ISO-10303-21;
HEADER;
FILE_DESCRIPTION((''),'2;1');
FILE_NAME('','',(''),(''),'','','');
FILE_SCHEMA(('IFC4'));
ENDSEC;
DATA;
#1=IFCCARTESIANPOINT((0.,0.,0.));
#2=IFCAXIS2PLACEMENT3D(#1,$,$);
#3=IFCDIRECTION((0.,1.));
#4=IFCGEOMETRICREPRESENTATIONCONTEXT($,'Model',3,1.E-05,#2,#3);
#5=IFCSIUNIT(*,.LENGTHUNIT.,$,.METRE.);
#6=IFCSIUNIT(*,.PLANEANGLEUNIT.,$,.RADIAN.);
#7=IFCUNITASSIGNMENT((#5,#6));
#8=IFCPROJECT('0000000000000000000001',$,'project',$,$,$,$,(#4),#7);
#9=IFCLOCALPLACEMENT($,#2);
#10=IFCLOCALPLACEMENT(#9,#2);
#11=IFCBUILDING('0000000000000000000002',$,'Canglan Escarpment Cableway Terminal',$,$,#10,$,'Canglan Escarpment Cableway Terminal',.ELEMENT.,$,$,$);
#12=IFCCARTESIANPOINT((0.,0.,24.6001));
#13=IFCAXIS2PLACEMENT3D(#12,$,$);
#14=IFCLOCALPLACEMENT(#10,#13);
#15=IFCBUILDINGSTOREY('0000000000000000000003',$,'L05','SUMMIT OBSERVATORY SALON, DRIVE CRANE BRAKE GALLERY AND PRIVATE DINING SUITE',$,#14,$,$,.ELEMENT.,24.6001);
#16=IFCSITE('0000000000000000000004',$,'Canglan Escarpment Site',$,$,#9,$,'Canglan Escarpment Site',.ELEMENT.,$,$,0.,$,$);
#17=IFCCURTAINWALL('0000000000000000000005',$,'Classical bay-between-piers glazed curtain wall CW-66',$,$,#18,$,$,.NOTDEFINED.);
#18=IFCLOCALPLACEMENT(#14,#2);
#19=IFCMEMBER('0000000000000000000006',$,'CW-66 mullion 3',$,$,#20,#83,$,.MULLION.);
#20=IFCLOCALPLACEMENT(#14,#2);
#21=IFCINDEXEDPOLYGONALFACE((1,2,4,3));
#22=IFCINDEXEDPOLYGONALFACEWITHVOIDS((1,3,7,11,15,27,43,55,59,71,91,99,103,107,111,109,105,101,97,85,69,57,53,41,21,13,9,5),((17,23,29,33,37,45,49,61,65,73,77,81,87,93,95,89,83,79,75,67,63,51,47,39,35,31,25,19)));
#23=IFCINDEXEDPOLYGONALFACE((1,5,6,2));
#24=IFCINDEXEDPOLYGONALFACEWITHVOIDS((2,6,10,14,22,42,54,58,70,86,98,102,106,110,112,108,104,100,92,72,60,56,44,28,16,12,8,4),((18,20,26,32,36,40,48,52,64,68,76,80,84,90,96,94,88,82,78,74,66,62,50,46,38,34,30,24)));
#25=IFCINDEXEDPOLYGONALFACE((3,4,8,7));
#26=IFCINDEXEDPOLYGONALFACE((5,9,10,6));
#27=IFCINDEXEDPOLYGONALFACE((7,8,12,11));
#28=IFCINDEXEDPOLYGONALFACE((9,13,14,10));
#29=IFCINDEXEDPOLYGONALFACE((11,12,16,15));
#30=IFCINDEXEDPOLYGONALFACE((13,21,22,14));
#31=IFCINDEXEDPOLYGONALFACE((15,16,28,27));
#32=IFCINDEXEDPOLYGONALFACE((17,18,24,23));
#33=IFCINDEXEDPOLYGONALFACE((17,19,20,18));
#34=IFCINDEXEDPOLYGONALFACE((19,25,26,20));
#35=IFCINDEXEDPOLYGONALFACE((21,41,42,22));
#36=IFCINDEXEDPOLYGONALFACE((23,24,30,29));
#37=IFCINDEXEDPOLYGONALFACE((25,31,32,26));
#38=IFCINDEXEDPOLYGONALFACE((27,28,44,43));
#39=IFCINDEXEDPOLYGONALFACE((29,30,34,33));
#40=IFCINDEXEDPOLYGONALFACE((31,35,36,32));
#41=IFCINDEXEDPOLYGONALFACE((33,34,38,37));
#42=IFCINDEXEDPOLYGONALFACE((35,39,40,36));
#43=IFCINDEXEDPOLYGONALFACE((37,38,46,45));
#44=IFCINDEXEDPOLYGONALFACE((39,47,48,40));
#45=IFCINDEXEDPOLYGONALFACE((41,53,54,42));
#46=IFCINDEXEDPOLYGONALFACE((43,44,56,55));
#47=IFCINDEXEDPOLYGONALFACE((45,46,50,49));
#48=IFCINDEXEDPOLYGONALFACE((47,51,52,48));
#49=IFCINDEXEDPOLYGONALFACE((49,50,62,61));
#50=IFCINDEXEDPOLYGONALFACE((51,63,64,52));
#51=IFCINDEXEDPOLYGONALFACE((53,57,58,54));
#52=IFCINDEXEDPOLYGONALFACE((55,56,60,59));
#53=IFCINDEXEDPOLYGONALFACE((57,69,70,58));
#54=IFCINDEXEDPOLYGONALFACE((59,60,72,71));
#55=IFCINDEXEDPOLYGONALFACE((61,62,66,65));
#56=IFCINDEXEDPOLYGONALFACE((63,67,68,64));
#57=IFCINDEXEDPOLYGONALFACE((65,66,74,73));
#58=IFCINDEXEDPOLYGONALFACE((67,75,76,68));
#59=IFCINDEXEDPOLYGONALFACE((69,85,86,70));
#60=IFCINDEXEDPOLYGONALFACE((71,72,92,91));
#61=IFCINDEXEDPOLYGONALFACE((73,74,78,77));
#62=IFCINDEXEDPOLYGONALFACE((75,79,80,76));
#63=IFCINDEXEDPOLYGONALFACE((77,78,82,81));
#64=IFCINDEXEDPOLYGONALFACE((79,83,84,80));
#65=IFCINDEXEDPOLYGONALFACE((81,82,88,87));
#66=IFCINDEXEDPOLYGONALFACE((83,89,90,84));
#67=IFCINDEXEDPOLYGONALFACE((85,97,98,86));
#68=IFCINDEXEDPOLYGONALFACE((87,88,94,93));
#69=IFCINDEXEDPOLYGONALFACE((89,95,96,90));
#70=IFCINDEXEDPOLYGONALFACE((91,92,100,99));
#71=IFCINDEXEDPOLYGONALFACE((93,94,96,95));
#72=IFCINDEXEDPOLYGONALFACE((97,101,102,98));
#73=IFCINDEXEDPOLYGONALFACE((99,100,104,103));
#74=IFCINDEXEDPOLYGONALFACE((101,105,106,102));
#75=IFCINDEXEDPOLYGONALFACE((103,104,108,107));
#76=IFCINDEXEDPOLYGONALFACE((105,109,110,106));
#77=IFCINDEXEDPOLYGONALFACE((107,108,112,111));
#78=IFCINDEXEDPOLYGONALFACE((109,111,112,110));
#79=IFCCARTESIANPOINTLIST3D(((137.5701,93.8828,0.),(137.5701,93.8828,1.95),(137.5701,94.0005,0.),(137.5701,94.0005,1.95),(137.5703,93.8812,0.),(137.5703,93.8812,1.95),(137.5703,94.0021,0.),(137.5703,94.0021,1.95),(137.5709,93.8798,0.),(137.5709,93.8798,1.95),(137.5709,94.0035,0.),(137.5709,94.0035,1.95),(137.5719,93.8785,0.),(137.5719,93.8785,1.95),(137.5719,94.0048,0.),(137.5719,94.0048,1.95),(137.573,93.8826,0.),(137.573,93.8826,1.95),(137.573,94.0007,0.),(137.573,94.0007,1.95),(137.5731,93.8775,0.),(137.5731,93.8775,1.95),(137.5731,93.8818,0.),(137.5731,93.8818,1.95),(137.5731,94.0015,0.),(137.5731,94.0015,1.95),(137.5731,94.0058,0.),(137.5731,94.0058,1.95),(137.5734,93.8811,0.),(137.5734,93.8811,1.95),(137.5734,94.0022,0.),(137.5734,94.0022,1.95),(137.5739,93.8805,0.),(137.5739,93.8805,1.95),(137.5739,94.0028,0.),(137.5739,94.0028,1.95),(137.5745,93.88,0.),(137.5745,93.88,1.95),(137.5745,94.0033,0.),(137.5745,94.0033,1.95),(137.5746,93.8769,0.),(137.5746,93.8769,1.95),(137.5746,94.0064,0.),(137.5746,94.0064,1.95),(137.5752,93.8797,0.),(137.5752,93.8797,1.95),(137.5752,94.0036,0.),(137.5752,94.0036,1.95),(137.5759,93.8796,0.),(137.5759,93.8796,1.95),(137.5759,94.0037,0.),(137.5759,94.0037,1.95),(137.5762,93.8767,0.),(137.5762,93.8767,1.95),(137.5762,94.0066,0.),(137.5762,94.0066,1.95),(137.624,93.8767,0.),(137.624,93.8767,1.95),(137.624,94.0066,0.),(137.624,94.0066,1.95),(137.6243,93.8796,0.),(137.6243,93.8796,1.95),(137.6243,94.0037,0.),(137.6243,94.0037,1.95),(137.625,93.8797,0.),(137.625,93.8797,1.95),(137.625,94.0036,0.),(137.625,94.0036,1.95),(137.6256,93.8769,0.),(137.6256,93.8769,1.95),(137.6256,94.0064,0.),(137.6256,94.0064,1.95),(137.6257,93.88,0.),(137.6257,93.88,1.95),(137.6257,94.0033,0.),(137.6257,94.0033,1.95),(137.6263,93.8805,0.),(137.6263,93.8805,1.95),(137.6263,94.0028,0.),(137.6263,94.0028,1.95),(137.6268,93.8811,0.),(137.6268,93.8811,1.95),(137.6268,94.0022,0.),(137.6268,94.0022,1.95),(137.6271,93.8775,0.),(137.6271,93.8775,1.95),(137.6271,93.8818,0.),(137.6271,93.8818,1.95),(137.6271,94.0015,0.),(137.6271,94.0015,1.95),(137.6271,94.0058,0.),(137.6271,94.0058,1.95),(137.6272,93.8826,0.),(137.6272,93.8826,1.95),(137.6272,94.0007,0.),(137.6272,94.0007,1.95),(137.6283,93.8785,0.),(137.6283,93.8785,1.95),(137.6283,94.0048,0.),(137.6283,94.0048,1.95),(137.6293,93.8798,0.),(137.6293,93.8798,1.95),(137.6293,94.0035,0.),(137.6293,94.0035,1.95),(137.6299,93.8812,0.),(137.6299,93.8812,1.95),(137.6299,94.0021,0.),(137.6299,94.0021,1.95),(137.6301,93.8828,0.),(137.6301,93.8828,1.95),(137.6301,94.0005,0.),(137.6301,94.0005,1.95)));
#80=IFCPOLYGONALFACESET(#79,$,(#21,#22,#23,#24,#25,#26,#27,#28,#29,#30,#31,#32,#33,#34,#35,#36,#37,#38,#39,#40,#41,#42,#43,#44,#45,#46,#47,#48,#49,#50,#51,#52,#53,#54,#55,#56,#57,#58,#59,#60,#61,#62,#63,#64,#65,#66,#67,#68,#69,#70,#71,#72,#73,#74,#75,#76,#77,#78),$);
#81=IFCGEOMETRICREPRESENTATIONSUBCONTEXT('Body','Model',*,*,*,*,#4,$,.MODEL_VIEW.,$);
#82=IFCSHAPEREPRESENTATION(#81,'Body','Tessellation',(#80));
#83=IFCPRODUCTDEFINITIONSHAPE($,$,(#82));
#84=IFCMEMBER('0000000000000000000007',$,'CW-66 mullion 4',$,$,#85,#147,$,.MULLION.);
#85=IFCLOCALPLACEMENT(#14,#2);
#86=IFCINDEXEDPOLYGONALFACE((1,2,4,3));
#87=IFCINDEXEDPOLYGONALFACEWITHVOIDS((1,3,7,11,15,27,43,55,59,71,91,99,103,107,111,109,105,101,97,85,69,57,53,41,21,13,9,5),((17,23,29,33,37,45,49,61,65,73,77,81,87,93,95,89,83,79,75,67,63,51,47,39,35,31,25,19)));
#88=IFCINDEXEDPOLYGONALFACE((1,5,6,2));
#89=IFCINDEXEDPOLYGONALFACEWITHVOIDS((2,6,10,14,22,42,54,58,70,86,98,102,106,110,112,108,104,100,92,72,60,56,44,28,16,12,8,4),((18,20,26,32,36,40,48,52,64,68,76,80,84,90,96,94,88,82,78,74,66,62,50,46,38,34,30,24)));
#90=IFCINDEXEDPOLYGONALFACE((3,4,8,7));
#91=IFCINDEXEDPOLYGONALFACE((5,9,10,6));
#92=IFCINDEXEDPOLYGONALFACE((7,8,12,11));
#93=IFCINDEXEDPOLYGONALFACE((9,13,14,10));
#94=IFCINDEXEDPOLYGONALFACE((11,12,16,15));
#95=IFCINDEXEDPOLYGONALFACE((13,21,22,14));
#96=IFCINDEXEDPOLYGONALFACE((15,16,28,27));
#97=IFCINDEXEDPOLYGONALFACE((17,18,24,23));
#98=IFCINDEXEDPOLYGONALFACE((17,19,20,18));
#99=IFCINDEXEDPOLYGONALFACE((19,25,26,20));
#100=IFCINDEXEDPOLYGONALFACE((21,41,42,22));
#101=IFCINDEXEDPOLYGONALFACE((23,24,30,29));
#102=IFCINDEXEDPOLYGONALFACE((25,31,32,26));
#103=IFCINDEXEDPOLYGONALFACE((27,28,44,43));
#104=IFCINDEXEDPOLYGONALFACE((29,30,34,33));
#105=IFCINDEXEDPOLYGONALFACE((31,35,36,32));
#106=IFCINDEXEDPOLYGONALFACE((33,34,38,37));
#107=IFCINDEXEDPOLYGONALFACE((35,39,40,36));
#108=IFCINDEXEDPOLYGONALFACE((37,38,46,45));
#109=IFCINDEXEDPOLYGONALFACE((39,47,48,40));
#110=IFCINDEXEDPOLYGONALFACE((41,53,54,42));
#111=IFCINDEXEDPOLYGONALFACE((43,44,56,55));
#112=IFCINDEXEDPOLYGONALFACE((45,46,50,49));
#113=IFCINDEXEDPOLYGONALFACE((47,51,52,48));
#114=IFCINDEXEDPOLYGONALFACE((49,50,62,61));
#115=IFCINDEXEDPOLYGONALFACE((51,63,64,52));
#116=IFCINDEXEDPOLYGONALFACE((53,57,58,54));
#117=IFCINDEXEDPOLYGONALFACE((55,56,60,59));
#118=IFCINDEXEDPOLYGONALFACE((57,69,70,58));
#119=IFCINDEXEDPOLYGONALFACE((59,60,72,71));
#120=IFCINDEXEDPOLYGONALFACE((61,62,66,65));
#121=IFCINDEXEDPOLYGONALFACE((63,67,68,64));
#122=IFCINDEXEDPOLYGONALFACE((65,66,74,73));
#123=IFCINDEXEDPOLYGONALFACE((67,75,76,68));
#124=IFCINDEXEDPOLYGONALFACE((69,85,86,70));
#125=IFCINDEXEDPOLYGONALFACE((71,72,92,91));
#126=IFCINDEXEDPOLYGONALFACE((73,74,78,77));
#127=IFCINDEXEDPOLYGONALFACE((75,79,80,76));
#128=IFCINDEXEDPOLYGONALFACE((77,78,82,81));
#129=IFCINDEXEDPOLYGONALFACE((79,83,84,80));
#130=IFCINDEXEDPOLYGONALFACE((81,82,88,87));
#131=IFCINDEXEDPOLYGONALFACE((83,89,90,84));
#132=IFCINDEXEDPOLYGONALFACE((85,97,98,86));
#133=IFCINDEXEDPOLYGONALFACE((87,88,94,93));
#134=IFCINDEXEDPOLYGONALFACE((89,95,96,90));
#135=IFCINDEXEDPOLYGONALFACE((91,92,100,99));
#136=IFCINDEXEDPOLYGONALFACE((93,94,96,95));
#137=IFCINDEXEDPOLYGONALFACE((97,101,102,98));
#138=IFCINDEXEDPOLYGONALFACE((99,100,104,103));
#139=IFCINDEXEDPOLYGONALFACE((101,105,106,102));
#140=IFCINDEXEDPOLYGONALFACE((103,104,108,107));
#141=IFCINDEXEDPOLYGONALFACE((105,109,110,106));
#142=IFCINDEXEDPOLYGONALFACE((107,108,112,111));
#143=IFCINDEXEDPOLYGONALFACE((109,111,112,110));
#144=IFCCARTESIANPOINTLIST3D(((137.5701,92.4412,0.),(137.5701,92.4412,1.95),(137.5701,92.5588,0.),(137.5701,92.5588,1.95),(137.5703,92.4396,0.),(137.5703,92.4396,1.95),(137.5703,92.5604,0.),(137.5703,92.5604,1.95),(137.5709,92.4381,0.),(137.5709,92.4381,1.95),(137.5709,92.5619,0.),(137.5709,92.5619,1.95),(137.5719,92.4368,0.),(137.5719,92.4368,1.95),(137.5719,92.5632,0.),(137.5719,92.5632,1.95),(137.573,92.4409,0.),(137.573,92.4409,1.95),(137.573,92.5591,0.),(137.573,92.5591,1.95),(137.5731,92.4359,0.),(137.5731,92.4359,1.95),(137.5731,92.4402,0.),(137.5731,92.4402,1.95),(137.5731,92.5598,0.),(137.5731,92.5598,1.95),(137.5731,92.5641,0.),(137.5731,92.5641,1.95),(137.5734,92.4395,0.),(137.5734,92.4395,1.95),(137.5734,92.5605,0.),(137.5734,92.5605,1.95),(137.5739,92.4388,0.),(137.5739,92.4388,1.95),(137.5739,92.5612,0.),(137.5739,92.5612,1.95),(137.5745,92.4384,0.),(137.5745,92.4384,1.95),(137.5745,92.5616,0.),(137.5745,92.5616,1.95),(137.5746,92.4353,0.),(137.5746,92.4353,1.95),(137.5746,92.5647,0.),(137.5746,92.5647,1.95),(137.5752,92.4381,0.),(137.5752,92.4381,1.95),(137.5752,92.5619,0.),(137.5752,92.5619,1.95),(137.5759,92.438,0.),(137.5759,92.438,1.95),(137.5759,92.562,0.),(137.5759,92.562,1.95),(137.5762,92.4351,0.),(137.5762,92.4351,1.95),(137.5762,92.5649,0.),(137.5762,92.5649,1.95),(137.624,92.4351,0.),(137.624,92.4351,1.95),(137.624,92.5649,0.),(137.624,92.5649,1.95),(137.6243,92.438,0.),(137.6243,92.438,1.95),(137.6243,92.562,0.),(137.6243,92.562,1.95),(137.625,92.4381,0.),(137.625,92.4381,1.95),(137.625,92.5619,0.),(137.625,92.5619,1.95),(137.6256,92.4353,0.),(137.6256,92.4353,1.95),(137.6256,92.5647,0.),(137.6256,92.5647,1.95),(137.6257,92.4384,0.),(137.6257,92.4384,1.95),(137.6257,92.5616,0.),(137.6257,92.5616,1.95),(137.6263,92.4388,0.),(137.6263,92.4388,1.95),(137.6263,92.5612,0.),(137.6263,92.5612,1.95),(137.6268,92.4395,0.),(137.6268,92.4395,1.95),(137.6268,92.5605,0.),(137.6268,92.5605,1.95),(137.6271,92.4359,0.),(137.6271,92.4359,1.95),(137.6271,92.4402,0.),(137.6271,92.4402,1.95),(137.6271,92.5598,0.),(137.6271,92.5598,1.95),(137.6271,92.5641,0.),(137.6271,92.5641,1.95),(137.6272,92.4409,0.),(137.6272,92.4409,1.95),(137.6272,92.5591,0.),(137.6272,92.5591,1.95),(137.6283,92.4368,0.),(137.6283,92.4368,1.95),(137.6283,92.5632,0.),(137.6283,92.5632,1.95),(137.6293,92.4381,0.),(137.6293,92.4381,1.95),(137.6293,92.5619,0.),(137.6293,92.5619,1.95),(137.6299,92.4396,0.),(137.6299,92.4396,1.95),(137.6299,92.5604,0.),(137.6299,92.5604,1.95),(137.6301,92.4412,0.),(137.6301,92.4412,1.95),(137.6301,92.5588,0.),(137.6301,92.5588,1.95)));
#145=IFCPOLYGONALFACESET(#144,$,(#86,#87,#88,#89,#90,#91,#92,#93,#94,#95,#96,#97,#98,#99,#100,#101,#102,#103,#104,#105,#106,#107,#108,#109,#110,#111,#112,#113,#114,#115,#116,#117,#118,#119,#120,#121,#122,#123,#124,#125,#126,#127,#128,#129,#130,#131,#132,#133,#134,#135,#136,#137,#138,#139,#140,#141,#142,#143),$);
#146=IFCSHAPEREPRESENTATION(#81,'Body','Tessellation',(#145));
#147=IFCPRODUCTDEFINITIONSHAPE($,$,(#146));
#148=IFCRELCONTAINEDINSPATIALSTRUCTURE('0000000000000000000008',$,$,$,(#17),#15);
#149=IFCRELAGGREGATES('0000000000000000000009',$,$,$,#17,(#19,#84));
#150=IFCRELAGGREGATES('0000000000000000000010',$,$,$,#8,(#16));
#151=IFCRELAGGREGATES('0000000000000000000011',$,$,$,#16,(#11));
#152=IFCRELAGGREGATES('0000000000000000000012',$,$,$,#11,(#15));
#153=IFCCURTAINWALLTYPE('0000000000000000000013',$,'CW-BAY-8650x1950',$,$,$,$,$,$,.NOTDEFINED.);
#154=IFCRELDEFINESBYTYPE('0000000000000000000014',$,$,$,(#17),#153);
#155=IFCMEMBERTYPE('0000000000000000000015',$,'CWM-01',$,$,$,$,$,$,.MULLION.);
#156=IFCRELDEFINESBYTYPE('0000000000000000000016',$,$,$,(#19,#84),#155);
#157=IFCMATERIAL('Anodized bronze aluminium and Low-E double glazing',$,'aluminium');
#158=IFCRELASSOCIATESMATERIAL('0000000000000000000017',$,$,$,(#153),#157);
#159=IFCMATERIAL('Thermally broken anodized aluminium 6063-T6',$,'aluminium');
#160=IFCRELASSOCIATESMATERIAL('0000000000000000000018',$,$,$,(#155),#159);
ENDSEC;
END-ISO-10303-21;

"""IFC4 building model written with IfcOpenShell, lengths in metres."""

from ifc_helpers import new_model, si_unit, direction, frame, origin, origin_2d, place, context, subcontext, project, spatial, hollow_rectangle, extrude, material, material_profile, profile_set, type_object, element, aggregate, save


model = new_model("IFC4")

# Units and contexts
model_context = context("Model", 3, precision=1e-05, world=origin(), true_north=direction((0.0, 1.0)))
body_context = subcontext(model_context, "Body", "Model", "MODEL_VIEW")
ifc_project = project(units=[si_unit("LENGTHUNIT", "METRE"), si_unit("PLANEANGLEUNIT", "RADIAN")], contexts=[model_context])

# Site, building, storey
site_placement = place(None, origin())
site = spatial("IfcSite", under=ifc_project, at=site_placement, Name="Canglan Escarpment Site", LongName="Canglan Escarpment Site", CompositionType="ELEMENT", RefElevation=0.0)
building_placement = place(site_placement, origin())
building = spatial("IfcBuilding", under=site, at=building_placement, Name="Canglan Escarpment Cableway Terminal", LongName="Canglan Escarpment Cableway Terminal", CompositionType="ELEMENT")
storey_placement = place(building_placement, frame((0.0, 0.0, 24.6001)))
storey = spatial("IfcBuildingStorey", under=building, at=storey_placement, Name="L05", Description="SUMMIT OBSERVATORY SALON, DRIVE CRANE BRAKE GALLERY AND PRIVATE DINING SUITE", CompositionType="ELEMENT", Elevation=24.6001)

# Curtain wall, members
ifc_material_1 = material(Name="Anodized bronze aluminium and Low-E double glazing", Category="aluminium")
curtain_wall_type = type_object("IfcCurtainWallType", Name="CW-BAY-8650x1950", PredefinedType="NOTDEFINED", material=ifc_material_1)
curtain_wall_placement = place(storey_placement, origin())
curtain_wall = element("IfcCurtainWall", 1, at=curtain_wall_placement, inside=storey, type_object=curtain_wall_type, Name="Classical bay-between-piers glazed curtain wall CW-66", PredefinedType="NOTDEFINED")
ifc_material_2 = material(Name="Thermally broken anodized aluminium 6063-T6", Category="aluminium")
ifc_material_profile_1 = material_profile(ifc_material_2, hollow_rectangle(XDim=0.0601, YDim=0.1299, WallThickness=0.0029, InnerFilletRadius=0.0029, OuterFilletRadius=0.0061, at=origin_2d()), Name="ALU-MULL 60x130x3")
ifc_profile_set_1 = profile_set([ifc_material_profile_1], Name="Thermally broken anodized aluminium 6063-T6")
member_type_1 = type_object("IfcMemberType", Name="CWM-01", PredefinedType="MULLION", material=ifc_profile_set_1)
member_1_placement = place(storey_placement, frame((137.6001, 93.9417, 0.0), z_axis=(0.0, 0.0, 1.0), x_axis=(1.0, 0.0, 0.0)))
member_1 = element("IfcMember", 2, at=member_1_placement, type_object=member_type_1, Name="CW-66 mullion 3", PredefinedType="MULLION", context=body_context, shape_type="SweptSolid", body=[
    extrude(hollow_rectangle(XDim=0.0601, YDim=0.1299, WallThickness=0.0029, InnerFilletRadius=0.0029, OuterFilletRadius=0.0061, at=origin_2d()), origin(), (0.0, 0.0, 1.0), 1.95),
])
member_2_placement = place(storey_placement, frame((137.6001, 92.5, 0.0), z_axis=(0.0, 0.0, 1.0), x_axis=(1.0, 0.0, 0.0)))
member_2 = element("IfcMember", 3, at=member_2_placement, type_object=member_type_1, Name="CW-66 mullion 4", PredefinedType="MULLION", context=body_context, shape_type="SweptSolid", body=[
    extrude(hollow_rectangle(XDim=0.0601, YDim=0.1299, WallThickness=0.0029, InnerFilletRadius=0.0029, OuterFilletRadius=0.0061, at=origin_2d()), origin(), (0.0, 0.0, 1.0), 1.95),
])

aggregate(curtain_wall, [member_1, member_2])

save(model, "model.ifc")
